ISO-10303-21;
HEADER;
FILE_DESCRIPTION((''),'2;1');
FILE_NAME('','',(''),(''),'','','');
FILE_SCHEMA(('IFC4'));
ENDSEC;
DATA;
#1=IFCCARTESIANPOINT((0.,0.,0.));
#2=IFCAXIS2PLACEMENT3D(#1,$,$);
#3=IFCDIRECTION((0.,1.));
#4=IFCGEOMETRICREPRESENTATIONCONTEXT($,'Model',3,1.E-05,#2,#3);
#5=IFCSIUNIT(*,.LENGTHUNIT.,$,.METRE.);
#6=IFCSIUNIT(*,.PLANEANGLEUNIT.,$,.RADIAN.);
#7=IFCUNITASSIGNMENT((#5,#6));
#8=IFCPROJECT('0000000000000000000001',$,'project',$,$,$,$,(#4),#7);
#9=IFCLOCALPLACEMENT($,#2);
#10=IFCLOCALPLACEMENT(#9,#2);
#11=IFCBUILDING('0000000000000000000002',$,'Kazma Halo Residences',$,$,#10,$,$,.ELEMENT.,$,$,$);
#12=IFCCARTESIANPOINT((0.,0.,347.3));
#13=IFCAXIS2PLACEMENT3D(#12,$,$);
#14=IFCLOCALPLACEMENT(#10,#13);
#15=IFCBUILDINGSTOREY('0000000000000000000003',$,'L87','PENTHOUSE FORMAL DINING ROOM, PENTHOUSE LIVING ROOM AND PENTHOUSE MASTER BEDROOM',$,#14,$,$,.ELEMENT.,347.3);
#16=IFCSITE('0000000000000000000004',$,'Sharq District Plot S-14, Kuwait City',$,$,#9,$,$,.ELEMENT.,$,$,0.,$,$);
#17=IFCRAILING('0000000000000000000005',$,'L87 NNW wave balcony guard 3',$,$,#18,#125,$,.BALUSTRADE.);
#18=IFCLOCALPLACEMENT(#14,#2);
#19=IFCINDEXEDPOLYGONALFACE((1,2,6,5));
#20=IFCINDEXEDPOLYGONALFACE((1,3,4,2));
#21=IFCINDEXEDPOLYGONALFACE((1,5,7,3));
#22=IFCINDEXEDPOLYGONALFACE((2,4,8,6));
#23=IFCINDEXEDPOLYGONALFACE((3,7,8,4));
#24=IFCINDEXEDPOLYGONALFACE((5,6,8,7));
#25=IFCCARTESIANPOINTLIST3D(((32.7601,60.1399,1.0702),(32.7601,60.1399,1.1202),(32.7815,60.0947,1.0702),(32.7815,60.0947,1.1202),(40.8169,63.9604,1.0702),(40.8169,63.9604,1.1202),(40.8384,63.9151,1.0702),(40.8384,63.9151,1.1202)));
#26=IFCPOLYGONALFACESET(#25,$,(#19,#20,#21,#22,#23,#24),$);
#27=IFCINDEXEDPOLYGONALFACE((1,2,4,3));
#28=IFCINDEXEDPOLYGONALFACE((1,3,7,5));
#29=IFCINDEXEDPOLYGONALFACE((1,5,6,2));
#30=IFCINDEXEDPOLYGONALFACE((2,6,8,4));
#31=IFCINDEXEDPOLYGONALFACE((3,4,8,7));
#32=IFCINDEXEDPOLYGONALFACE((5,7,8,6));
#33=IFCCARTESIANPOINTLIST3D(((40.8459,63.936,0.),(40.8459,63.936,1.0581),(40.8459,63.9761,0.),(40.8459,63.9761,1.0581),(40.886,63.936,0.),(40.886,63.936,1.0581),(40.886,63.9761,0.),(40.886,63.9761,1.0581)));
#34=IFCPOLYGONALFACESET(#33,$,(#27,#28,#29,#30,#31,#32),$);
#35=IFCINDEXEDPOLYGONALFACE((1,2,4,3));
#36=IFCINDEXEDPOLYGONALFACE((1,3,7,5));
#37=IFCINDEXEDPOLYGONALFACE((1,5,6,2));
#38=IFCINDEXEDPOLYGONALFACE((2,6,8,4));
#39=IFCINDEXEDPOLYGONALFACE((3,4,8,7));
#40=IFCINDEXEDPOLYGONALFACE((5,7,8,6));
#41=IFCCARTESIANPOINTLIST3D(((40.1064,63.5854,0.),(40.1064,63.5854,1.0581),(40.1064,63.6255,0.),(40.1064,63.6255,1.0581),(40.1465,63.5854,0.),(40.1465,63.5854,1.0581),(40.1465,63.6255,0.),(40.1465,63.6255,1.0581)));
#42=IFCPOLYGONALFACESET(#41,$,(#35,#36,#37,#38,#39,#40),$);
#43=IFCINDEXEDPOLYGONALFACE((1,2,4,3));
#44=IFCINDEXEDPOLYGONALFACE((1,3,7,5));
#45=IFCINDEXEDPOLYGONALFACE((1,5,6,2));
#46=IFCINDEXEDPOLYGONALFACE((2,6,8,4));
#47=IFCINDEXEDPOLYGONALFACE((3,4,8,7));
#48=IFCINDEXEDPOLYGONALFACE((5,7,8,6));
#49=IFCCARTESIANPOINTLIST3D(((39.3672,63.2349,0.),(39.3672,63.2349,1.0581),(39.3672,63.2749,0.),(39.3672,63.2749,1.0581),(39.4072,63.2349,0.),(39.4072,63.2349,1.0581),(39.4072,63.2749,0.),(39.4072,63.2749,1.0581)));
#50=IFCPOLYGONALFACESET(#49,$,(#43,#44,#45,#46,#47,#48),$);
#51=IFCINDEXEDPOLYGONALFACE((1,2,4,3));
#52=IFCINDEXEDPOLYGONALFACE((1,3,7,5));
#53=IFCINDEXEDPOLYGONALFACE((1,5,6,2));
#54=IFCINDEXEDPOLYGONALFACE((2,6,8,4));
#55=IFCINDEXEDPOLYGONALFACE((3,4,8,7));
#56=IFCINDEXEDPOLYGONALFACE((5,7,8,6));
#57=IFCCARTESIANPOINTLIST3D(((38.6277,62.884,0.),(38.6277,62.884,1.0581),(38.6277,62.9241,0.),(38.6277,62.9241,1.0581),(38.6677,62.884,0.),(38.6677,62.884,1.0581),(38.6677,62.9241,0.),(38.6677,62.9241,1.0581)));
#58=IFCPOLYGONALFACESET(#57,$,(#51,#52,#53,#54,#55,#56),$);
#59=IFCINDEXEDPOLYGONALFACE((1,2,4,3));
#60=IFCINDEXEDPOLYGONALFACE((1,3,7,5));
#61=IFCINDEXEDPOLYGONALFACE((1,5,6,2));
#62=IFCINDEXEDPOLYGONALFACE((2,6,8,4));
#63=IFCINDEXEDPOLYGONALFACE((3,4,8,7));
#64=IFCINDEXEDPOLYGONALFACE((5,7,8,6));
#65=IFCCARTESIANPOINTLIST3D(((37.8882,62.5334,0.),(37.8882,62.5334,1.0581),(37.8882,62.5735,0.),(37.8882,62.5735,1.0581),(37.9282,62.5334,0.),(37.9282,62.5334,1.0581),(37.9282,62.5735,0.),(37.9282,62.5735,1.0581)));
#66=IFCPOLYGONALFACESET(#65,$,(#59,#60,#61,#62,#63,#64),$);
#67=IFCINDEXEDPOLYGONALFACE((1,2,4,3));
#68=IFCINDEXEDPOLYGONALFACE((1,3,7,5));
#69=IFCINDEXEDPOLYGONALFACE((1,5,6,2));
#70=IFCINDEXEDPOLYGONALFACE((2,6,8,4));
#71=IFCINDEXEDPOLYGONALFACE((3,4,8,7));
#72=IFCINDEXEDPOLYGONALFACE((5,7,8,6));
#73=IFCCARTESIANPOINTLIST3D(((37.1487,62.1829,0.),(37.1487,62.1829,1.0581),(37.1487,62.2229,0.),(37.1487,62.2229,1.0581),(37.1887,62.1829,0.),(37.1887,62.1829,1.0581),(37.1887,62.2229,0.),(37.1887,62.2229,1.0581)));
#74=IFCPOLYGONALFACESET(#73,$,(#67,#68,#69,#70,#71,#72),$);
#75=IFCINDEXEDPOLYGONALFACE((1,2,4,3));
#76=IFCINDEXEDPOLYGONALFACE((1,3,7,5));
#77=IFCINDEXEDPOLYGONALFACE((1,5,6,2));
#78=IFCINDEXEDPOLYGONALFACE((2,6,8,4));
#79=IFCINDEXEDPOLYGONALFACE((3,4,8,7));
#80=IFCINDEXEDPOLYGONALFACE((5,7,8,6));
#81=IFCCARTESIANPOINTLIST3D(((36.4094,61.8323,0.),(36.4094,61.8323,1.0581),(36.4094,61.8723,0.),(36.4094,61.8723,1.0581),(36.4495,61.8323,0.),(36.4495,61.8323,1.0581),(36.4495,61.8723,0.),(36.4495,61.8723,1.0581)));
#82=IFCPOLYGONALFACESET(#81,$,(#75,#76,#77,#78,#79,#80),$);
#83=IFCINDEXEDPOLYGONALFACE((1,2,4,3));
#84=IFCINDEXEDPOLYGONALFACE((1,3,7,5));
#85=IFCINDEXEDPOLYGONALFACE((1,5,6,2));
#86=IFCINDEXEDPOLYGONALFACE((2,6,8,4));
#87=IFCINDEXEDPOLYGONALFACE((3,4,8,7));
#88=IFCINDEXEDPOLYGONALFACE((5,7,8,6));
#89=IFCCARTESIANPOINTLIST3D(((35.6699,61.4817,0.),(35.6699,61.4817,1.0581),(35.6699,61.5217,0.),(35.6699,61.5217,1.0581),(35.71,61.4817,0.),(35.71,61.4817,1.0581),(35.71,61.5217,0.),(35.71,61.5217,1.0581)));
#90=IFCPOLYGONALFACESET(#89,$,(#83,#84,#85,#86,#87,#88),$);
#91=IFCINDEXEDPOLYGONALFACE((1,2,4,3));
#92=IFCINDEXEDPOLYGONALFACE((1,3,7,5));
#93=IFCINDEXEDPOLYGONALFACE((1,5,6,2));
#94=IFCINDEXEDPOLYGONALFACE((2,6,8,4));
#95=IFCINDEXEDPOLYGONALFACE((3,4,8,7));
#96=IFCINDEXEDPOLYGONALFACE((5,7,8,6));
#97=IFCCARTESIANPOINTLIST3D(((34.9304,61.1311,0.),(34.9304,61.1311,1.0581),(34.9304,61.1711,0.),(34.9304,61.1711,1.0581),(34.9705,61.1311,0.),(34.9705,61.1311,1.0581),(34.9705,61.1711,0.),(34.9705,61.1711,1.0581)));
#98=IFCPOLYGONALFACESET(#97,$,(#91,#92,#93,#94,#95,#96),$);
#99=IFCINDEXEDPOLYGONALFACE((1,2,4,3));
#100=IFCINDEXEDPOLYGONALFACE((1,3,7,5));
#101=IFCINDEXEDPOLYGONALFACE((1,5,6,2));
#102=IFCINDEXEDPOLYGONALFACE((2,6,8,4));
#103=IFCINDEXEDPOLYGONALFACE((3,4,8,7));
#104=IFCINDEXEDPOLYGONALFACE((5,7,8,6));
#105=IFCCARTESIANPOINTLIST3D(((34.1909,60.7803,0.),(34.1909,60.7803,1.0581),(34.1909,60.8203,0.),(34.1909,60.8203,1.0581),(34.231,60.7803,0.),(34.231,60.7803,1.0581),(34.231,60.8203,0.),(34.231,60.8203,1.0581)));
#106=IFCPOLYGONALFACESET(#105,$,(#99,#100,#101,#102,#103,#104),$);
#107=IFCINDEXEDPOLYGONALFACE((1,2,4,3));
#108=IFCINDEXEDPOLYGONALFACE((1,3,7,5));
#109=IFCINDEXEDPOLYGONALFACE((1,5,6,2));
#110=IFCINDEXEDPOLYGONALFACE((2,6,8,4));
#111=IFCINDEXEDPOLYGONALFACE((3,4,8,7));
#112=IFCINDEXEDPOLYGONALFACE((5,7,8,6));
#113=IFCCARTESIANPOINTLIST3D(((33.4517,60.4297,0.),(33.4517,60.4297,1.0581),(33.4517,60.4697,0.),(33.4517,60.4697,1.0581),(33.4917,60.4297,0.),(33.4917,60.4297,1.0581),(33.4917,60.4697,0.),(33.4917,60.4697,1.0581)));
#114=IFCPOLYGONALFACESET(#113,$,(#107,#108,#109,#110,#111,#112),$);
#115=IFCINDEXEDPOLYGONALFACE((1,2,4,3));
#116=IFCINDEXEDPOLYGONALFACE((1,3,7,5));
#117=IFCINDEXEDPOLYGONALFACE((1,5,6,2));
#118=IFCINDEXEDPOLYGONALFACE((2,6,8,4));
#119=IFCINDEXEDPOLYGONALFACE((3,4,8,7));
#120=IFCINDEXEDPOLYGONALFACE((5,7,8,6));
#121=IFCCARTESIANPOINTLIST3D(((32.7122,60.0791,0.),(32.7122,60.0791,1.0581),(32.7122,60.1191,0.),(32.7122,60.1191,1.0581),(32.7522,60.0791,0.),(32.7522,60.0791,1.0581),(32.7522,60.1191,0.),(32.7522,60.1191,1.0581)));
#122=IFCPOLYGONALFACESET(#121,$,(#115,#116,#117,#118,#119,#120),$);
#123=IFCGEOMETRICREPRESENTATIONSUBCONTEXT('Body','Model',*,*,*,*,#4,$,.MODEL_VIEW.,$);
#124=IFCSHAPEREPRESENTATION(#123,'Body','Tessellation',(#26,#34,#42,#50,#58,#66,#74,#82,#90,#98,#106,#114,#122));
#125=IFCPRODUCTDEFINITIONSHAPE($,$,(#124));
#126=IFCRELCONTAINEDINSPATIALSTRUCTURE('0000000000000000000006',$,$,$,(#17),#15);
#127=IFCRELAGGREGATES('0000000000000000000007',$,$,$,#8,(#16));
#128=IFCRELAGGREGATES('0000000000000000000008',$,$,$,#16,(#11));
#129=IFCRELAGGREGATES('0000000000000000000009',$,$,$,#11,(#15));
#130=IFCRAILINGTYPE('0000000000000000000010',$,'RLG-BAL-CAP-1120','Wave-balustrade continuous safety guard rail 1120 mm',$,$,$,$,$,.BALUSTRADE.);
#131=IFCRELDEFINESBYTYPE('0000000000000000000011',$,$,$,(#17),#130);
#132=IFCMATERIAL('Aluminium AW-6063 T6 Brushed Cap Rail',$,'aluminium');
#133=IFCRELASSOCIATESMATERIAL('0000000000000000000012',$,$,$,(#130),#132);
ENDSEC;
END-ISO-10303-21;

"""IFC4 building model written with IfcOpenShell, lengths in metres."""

from ifc_helpers import new_model, si_unit, direction, frame, origin, origin_2d, place, context, subcontext, project, spatial, rectangle, extrude, material, type_object, element, save


model = new_model("IFC4")

# Units and contexts
model_context = context("Model", 3, precision=1e-05, world=origin(), true_north=direction((0.0, 1.0)))
body_context = subcontext(model_context, "Body", "Model", "MODEL_VIEW")
ifc_project = project(units=[si_unit("LENGTHUNIT", "METRE"), si_unit("PLANEANGLEUNIT", "RADIAN")], contexts=[model_context])

# Site, building, storey
site_placement = place(None, origin())
site = spatial("IfcSite", under=ifc_project, at=site_placement, Name="Sharq District Plot S-14, Kuwait City", CompositionType="ELEMENT", RefElevation=0.0)
building_placement = place(site_placement, origin())
building = spatial("IfcBuilding", under=site, at=building_placement, Name="Kazma Halo Residences", CompositionType="ELEMENT")
storey_placement = place(building_placement, frame((0.0, 0.0, 347.3)))
storey = spatial("IfcBuildingStorey", under=building, at=storey_placement, Name="L87", Description="PENTHOUSE FORMAL DINING ROOM, PENTHOUSE LIVING ROOM AND PENTHOUSE MASTER BEDROOM", CompositionType="ELEMENT", Elevation=347.3)

# Railing
ifc_material_1 = material(Name="Aluminium AW-6063 T6 Brushed Cap Rail", Category="aluminium")
railing_type = type_object("IfcRailingType", Name="RLG-BAL-CAP-1120", Description="Wave-balustrade continuous safety guard rail 1120 mm", PredefinedType="BALUSTRADE", material=ifc_material_1)
railing_placement = place(storey_placement, frame((40.866, 63.9561, 0.0)))
element("IfcRailing", 1, at=railing_placement, inside=storey, type_object=railing_type, Name="L87 NNW wave balcony guard 3", PredefinedType="BALUSTRADE", context=body_context, shape_type="SweptSolid", body=[
    extrude(rectangle(XDim=0.05, YDim=0.05, at=origin_2d()), frame((-0.0383, -0.0183, 1.0952), z_axis=(-0.903562, -0.428457, 0.0), x_axis=(0.428457, -0.903562, 0.0)), (0.0, 0.0, 1.0), 8.9167),
    extrude(rectangle(XDim=0.04, YDim=0.04, at=origin_2d()), origin(), (0.0, 0.0, 1.0), 1.0581),
    extrude(rectangle(XDim=0.04, YDim=0.04, at=origin_2d()), frame((-0.7395, -0.3506, 0.0)), (0.0, 0.0, 1.0), 1.0581),
    extrude(rectangle(XDim=0.04, YDim=0.04, at=origin_2d()), frame((-1.4788, -0.7012, 0.0)), (0.0, 0.0, 1.0), 1.0581),
    extrude(rectangle(XDim=0.04, YDim=0.04, at=origin_2d()), frame((-2.2183, -1.052, 0.0)), (0.0, 0.0, 1.0), 1.0581),
    extrude(rectangle(XDim=0.04, YDim=0.04, at=origin_2d()), frame((-2.9578, -1.4026, 0.0)), (0.0, 0.0, 1.0), 1.0581),
    extrude(rectangle(XDim=0.04, YDim=0.04, at=origin_2d()), frame((-3.6973, -1.7532, 0.0)), (0.0, 0.0, 1.0), 1.0581),
    extrude(rectangle(XDim=0.04, YDim=0.04, at=origin_2d()), frame((-4.4365, -2.1038, 0.0)), (0.0, 0.0, 1.0), 1.0581),
    extrude(rectangle(XDim=0.04, YDim=0.04, at=origin_2d()), frame((-5.176, -2.4543, 0.0)), (0.0, 0.0, 1.0), 1.0581),
    extrude(rectangle(XDim=0.04, YDim=0.04, at=origin_2d()), frame((-5.9155, -2.8049, 0.0)), (0.0, 0.0, 1.0), 1.0581),
    extrude(rectangle(XDim=0.04, YDim=0.04, at=origin_2d()), frame((-6.655, -3.1558, 0.0)), (0.0, 0.0, 1.0), 1.0581),
    extrude(rectangle(XDim=0.04, YDim=0.04, at=origin_2d()), frame((-7.3943, -3.5063, 0.0)), (0.0, 0.0, 1.0), 1.0581),
    extrude(rectangle(XDim=0.04, YDim=0.04, at=origin_2d()), frame((-8.1338, -3.8569, 0.0)), (0.0, 0.0, 1.0), 1.0581),
])

save(model, "model.ifc")
